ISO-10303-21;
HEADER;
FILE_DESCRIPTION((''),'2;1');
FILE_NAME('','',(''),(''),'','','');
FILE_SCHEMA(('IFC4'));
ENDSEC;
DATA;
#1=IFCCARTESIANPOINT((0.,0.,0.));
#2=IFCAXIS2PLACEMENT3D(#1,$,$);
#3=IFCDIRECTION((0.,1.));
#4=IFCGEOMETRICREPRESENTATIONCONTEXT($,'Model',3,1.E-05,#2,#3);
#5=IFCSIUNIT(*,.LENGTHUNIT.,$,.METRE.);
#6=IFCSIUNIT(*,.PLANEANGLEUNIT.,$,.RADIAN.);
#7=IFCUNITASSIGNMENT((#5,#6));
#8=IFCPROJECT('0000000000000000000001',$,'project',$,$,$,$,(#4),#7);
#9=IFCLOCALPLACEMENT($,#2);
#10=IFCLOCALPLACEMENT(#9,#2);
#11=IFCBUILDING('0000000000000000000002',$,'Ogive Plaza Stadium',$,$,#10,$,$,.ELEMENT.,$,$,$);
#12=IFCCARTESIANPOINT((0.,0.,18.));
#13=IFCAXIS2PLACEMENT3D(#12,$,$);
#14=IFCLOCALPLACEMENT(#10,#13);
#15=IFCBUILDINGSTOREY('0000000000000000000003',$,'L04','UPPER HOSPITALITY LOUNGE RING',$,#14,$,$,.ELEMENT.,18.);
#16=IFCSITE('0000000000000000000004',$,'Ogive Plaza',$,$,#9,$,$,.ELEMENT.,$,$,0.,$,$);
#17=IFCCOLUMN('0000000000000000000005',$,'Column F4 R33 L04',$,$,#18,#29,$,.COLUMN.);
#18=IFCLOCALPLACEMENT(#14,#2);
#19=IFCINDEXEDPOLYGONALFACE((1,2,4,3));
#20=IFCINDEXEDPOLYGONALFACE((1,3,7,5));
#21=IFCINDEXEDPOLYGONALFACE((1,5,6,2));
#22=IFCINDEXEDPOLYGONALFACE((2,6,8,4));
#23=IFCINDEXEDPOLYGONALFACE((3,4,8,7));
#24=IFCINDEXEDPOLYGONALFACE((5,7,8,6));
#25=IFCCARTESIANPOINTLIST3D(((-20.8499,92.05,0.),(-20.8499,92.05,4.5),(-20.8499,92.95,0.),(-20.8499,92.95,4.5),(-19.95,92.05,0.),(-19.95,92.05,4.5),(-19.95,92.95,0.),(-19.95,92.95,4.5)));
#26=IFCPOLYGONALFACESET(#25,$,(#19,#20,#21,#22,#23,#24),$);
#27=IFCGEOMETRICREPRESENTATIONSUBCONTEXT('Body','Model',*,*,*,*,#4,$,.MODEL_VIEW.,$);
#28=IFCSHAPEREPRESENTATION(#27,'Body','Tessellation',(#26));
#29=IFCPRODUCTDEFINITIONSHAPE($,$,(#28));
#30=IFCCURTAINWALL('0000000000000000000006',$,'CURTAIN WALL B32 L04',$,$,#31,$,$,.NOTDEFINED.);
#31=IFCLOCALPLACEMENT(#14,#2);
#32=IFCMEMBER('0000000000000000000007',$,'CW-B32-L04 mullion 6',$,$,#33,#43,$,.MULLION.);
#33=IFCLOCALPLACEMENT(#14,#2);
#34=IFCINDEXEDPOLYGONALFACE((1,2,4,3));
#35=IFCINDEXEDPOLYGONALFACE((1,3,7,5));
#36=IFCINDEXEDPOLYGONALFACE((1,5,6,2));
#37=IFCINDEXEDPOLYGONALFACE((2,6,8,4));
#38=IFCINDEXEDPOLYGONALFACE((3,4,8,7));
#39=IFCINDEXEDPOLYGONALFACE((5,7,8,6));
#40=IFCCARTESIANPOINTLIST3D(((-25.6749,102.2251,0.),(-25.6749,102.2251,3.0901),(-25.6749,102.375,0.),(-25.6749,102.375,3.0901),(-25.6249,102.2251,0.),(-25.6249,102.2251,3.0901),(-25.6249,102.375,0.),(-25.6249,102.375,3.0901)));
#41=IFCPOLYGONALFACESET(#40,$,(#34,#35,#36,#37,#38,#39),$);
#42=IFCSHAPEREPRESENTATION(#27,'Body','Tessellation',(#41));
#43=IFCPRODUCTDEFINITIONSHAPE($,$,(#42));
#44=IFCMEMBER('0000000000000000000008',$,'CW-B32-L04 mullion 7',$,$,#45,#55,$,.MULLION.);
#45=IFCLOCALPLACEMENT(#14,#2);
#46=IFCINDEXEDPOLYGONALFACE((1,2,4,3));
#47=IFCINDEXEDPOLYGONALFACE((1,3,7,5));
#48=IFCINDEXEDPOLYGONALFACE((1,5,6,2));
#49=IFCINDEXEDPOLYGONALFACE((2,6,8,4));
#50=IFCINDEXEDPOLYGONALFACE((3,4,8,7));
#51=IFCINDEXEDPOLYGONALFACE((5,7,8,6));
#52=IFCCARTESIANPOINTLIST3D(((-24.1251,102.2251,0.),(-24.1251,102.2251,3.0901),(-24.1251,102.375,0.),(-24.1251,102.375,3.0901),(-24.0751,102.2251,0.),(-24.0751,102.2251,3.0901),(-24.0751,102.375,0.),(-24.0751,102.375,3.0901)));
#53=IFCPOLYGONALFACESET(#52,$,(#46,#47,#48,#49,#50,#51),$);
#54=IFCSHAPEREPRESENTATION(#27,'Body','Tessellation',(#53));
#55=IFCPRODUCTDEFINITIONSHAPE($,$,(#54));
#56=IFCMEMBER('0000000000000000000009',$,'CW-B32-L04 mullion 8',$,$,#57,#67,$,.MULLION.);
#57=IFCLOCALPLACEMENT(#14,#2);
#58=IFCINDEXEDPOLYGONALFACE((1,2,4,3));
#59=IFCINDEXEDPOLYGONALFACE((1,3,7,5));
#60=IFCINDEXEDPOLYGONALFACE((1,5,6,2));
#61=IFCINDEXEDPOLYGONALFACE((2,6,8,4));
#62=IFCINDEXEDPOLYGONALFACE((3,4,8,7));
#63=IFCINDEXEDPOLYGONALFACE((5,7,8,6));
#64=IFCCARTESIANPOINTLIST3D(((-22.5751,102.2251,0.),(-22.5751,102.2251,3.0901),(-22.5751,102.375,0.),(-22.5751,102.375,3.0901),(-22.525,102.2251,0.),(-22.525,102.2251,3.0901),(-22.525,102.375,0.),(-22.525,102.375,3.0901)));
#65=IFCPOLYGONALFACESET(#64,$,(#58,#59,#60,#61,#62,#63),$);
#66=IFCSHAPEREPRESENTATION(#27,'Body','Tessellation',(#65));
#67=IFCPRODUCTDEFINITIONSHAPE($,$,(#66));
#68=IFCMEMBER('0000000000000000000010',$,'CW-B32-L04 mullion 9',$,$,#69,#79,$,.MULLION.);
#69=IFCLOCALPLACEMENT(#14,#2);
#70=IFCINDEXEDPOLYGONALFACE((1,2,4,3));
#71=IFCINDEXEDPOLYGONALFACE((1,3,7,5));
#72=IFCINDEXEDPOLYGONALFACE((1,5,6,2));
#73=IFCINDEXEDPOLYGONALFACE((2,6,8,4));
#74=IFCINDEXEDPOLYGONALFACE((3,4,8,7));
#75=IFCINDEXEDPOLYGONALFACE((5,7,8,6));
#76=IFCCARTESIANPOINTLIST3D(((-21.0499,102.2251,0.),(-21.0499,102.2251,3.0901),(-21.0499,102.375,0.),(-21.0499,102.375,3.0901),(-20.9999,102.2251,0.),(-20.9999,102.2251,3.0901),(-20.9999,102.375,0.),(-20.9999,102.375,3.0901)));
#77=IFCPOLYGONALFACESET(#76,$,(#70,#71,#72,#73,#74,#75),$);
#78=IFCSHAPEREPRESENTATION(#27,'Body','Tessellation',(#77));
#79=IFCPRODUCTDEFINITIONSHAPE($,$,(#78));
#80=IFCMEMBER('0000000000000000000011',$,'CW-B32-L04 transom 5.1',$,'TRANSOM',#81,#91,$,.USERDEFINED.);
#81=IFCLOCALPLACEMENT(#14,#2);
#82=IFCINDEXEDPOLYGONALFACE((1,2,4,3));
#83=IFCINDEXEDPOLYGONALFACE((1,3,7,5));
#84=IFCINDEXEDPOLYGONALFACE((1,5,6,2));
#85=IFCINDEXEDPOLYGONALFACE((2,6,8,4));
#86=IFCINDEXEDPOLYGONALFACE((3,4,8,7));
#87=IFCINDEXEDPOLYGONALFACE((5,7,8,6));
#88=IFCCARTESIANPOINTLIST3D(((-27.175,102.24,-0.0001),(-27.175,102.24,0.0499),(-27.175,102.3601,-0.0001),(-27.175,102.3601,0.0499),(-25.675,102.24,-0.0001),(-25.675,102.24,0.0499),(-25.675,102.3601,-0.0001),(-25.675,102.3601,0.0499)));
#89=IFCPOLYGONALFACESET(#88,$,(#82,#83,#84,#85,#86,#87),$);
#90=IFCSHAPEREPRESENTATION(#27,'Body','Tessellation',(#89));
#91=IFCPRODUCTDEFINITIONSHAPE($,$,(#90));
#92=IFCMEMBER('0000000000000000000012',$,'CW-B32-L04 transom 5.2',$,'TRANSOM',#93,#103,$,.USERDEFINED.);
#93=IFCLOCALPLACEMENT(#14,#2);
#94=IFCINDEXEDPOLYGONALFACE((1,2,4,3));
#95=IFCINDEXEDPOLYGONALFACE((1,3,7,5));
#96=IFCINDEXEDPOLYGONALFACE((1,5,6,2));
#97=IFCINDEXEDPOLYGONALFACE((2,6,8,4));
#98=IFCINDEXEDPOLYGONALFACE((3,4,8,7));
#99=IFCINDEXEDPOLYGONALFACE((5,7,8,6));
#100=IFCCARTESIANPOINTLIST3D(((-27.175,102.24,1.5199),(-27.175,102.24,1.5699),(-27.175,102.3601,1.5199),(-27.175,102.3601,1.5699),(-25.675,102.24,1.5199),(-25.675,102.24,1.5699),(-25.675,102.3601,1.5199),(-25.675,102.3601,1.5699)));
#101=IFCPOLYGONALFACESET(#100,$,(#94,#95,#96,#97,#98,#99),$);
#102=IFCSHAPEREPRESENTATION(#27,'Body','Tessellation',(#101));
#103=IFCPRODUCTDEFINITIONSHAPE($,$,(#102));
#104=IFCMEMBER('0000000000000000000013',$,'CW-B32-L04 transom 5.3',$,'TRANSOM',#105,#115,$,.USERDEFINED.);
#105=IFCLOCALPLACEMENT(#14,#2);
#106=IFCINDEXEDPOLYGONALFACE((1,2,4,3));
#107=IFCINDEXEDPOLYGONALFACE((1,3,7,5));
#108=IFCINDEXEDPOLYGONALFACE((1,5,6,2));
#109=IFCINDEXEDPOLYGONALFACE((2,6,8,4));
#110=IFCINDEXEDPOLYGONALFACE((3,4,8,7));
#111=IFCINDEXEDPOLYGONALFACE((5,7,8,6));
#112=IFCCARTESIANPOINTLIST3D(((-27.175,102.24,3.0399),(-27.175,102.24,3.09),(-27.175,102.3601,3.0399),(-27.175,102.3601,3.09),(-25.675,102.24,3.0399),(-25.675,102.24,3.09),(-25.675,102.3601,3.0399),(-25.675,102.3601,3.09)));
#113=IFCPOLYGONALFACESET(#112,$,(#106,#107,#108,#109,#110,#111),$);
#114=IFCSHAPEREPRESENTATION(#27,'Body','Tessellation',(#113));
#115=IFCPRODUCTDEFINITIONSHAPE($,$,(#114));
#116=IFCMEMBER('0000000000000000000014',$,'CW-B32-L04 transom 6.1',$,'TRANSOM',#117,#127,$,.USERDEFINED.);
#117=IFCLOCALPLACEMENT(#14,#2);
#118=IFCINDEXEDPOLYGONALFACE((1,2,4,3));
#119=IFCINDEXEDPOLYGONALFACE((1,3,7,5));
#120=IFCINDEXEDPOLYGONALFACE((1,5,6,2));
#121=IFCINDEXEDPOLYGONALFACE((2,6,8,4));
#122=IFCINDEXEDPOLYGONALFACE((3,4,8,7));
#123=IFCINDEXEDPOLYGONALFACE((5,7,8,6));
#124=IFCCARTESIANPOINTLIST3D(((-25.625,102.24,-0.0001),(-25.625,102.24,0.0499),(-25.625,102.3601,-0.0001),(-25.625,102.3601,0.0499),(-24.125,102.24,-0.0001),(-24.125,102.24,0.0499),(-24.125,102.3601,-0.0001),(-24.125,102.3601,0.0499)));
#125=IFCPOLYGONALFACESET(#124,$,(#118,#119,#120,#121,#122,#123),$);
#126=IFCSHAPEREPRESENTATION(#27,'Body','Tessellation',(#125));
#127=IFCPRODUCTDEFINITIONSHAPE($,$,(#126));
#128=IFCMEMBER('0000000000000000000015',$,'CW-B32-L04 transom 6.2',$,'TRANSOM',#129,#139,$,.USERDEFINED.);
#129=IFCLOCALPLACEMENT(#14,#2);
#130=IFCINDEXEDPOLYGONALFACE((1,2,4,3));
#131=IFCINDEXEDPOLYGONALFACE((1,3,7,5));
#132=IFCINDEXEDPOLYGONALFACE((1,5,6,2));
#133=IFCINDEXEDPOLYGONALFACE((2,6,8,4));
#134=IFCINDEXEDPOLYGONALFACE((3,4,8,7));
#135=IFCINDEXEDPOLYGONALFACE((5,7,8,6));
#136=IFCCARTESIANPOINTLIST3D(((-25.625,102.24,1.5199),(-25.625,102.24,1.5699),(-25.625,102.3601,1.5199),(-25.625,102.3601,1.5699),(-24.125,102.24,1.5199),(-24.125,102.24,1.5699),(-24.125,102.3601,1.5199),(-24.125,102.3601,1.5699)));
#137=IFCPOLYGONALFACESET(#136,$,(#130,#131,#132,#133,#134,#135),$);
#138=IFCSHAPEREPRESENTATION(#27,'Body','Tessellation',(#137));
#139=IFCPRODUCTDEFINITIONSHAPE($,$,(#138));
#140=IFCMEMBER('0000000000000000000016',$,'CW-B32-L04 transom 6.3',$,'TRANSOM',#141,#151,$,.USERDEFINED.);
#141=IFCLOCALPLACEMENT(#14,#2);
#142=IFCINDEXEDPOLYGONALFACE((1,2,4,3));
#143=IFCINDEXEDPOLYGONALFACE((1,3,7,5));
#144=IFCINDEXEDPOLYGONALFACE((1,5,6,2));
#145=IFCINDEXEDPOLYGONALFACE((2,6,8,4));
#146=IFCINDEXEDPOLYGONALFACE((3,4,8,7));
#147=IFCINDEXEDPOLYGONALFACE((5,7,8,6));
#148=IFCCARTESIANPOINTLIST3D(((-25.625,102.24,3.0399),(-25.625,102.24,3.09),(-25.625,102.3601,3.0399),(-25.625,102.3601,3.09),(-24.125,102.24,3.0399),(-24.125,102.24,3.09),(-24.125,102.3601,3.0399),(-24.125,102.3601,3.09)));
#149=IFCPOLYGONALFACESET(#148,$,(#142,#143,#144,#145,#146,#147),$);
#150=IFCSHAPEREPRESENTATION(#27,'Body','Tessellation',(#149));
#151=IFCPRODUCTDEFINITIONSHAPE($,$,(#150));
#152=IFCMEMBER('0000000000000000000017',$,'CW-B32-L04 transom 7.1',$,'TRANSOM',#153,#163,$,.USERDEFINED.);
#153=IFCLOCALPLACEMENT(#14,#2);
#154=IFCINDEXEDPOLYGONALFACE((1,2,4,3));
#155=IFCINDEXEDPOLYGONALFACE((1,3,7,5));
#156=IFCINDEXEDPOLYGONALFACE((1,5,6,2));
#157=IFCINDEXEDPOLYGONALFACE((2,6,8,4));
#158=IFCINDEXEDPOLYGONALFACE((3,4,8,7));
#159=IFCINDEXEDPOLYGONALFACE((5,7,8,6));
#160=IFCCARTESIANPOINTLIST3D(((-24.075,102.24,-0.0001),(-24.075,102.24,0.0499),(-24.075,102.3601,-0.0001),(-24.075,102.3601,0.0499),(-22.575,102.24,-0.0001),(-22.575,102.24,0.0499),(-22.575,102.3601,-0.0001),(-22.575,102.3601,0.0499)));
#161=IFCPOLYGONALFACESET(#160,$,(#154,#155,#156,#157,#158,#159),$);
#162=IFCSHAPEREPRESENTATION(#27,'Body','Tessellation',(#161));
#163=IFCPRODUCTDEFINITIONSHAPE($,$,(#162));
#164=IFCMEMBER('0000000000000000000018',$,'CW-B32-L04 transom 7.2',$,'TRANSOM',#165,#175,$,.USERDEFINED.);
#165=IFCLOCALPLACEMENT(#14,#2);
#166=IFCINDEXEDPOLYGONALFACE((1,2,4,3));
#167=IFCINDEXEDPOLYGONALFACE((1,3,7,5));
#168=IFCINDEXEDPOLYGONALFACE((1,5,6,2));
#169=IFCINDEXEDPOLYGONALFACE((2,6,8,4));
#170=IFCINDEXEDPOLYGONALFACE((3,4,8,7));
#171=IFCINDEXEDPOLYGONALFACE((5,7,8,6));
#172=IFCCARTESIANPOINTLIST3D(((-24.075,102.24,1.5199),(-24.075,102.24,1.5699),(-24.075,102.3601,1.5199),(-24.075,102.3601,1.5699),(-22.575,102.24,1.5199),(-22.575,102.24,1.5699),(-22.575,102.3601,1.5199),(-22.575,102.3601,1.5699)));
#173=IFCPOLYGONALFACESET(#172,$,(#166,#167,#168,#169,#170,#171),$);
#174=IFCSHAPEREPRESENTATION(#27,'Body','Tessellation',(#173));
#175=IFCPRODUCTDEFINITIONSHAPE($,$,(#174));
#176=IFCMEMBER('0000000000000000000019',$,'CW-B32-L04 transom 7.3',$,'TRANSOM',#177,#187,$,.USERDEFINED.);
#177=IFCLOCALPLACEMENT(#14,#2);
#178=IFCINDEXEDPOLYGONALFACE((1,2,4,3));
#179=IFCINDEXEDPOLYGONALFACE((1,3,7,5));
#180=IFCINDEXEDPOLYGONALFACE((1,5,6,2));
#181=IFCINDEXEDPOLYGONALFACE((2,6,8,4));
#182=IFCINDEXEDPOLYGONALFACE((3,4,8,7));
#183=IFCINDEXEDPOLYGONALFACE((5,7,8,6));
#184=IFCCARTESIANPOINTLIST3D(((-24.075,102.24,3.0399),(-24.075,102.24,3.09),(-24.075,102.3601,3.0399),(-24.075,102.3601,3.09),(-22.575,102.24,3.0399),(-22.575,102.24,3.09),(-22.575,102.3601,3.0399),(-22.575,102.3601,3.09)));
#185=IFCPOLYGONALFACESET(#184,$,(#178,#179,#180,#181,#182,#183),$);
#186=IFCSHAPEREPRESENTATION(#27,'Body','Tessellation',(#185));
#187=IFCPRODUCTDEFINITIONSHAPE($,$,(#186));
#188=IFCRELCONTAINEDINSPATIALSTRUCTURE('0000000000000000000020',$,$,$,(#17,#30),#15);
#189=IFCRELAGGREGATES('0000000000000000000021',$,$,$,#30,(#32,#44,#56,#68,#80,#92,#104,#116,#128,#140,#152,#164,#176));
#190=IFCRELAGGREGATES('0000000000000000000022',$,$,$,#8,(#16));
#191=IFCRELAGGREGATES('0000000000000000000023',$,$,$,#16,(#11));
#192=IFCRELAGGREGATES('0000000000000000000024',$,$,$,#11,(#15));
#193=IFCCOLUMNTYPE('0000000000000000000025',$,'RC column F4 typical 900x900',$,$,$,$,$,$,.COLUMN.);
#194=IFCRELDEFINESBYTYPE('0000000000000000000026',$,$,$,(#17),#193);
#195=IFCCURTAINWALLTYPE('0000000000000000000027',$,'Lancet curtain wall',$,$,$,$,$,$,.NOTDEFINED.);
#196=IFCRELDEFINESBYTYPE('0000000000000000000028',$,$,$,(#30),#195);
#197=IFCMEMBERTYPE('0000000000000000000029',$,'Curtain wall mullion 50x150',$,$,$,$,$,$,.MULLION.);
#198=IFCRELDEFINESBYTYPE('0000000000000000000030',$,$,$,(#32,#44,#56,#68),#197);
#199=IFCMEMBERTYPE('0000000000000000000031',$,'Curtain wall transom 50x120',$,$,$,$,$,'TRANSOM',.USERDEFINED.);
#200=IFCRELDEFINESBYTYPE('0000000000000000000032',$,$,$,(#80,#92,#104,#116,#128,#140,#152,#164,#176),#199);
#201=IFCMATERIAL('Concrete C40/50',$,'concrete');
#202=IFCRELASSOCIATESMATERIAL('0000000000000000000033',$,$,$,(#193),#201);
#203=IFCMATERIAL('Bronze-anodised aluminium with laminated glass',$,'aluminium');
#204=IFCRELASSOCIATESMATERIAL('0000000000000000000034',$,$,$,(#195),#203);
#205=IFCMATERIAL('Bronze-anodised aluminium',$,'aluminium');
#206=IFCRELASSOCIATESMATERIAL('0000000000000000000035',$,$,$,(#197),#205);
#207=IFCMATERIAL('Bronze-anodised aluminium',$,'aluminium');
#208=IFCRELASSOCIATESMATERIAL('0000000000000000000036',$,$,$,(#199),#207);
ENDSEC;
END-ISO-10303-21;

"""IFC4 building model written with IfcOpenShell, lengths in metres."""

from ifc_helpers import new_model, si_unit, direction, frame, origin, origin_2d, place, context, subcontext, project, spatial, rectangle, extrude, material, material_profile, profile_set, type_object, element, aggregate, save


model = new_model("IFC4")

# Units and contexts
model_context = context("Model", 3, precision=1e-05, world=origin(), true_north=direction((0.0, 1.0)))
body_context = subcontext(model_context, "Body", "Model", "MODEL_VIEW")
ifc_project = project(units=[si_unit("LENGTHUNIT", "METRE"), si_unit("PLANEANGLEUNIT", "RADIAN")], contexts=[model_context])

# Site, building, storey
site_placement = place(None, origin())
site = spatial("IfcSite", under=ifc_project, at=site_placement, Name="Ogive Plaza", CompositionType="ELEMENT", RefElevation=0.0)
building_placement = place(site_placement, origin())
building = spatial("IfcBuilding", under=site, at=building_placement, Name="Ogive Plaza Stadium", CompositionType="ELEMENT")
storey_placement = place(building_placement, frame((0.0, 0.0, 18.0)))
storey = spatial("IfcBuildingStorey", under=building, at=storey_placement, Name="L04", Description="UPPER HOSPITALITY LOUNGE RING", CompositionType="ELEMENT", Elevation=18.0)

# Column
ifc_material_1 = material(Name="Concrete C40/50", Category="concrete")
ifc_material_profile_1 = material_profile(ifc_material_1, rectangle(XDim=0.8999, YDim=0.8999, at=origin_2d()), Name="RC 900x900")
ifc_profile_set_1 = profile_set([ifc_material_profile_1], Name="Concrete C40/50")
column_type = type_object("IfcColumnType", Name="RC column F4 typical 900x900", PredefinedType="COLUMN", material=ifc_profile_set_1)
column_placement = place(storey_placement, frame((-20.3999, 92.5, 0.0), z_axis=(0.0, 0.0, 1.0), x_axis=(-1.0, 0.0, 0.0)))
element("IfcColumn", 1, at=column_placement, inside=storey, type_object=column_type, Name="Column F4 R33 L04", PredefinedType="COLUMN", context=body_context, shape_type="SweptSolid", body=[
    extrude(rectangle(XDim=0.8999, YDim=0.8999, at=origin_2d()), origin(), (0.0, 0.0, 1.0), 4.5),
])

# Curtain wall, members
ifc_material_2 = material(Name="Bronze-anodised aluminium with laminated glass", Category="aluminium")
curtain_wall_type = type_object("IfcCurtainWallType", Name="Lancet curtain wall", PredefinedType="NOTDEFINED", material=ifc_material_2)
curtain_wall_placement = place(storey_placement, origin())
curtain_wall = element("IfcCurtainWall", 2, at=curtain_wall_placement, inside=storey, type_object=curtain_wall_type, Name="CURTAIN WALL B32 L04", PredefinedType="NOTDEFINED")
ifc_material_3 = material(Name="Bronze-anodised aluminium", Category="aluminium")
ifc_material_profile_2 = material_profile(ifc_material_3, rectangle(XDim=0.1499, YDim=0.05, at=origin_2d()), Name="AL 150x50")
ifc_profile_set_2 = profile_set([ifc_material_profile_2], Name="Bronze-anodised aluminium")
member_type_1 = type_object("IfcMemberType", Name="Curtain wall mullion 50x150", PredefinedType="MULLION", material=ifc_profile_set_2)
member_1_placement = place(storey_placement, frame((-25.6499, 102.3, 0.0), z_axis=(0.0, 0.0, 1.0), x_axis=(0.0, 1.0, 0.0)))
member_1 = element("IfcMember", 3, at=member_1_placement, type_object=member_type_1, Name="CW-B32-L04 mullion 6", PredefinedType="MULLION", context=body_context, shape_type="SweptSolid", body=[
    extrude(rectangle(XDim=0.1499, YDim=0.05, at=origin_2d()), origin(), (0.0, 0.0, 1.0), 3.0901),
])
member_2_placement = place(storey_placement, frame((-24.1001, 102.3, 0.0), z_axis=(0.0, 0.0, 1.0), x_axis=(0.0, 1.0, 0.0)))
member_2 = element("IfcMember", 4, at=member_2_placement, type_object=member_type_1, Name="CW-B32-L04 mullion 7", PredefinedType="MULLION", context=body_context, shape_type="SweptSolid", body=[
    extrude(rectangle(XDim=0.1499, YDim=0.05, at=origin_2d()), origin(), (0.0, 0.0, 1.0), 3.0901),
])
member_3_placement = place(storey_placement, frame((-22.55, 102.3, 0.0), z_axis=(0.0, 0.0, 1.0), x_axis=(0.0, 1.0, 0.0)))
member_3 = element("IfcMember", 5, at=member_3_placement, type_object=member_type_1, Name="CW-B32-L04 mullion 8", PredefinedType="MULLION", context=body_context, shape_type="SweptSolid", body=[
    extrude(rectangle(XDim=0.1499, YDim=0.05, at=origin_2d()), origin(), (0.0, 0.0, 1.0), 3.0901),
])
member_4_placement = place(storey_placement, frame((-21.0249, 102.3, 0.0), z_axis=(0.0, 0.0, 1.0), x_axis=(0.0, 1.0, 0.0)))
member_4 = element("IfcMember", 6, at=member_4_placement, type_object=member_type_1, Name="CW-B32-L04 mullion 9", PredefinedType="MULLION", context=body_context, shape_type="SweptSolid", body=[
    extrude(rectangle(XDim=0.1499, YDim=0.05, at=origin_2d()), origin(), (0.0, 0.0, 1.0), 3.0901),
])
ifc_material_4 = material(Name="Bronze-anodised aluminium", Category="aluminium")
ifc_material_profile_3 = material_profile(ifc_material_4, rectangle(XDim=0.1201, YDim=0.05, at=origin_2d()), Name="AL 120x50")
ifc_profile_set_3 = profile_set([ifc_material_profile_3], Name="Bronze-anodised aluminium")
member_type_2 = type_object("IfcMemberType", Name="Curtain wall transom 50x120", ElementType="TRANSOM", PredefinedType="USERDEFINED", material=ifc_profile_set_3)
member_5_placement = place(storey_placement, frame((-27.175, 102.3, 0.0249), z_axis=(1.0, 0.0, 0.0), x_axis=(0.0, 1.0, 0.0)))
member_5 = element("IfcMember", 7, at=member_5_placement, type_object=member_type_2, Name="CW-B32-L04 transom 5.1", ObjectType="TRANSOM", PredefinedType="USERDEFINED", context=body_context, shape_type="SweptSolid", body=[
    extrude(rectangle(XDim=0.1201, YDim=0.05, at=origin_2d()), origin(), (0.0, 0.0, 1.0), 1.5),
])
member_6_placement = place(storey_placement, frame((-27.175, 102.3, 1.5449), z_axis=(1.0, 0.0, 0.0), x_axis=(0.0, 1.0, 0.0)))
member_6 = element("IfcMember", 8, at=member_6_placement, type_object=member_type_2, Name="CW-B32-L04 transom 5.2", ObjectType="TRANSOM", PredefinedType="USERDEFINED", context=body_context, shape_type="SweptSolid", body=[
    extrude(rectangle(XDim=0.1201, YDim=0.05, at=origin_2d()), origin(), (0.0, 0.0, 1.0), 1.5),
])
member_7_placement = place(storey_placement, frame((-27.175, 102.3, 3.0649), z_axis=(1.0, 0.0, 0.0), x_axis=(0.0, 1.0, 0.0)))
member_7 = element("IfcMember", 9, at=member_7_placement, type_object=member_type_2, Name="CW-B32-L04 transom 5.3", ObjectType="TRANSOM", PredefinedType="USERDEFINED", context=body_context, shape_type="SweptSolid", body=[
    extrude(rectangle(XDim=0.1201, YDim=0.05, at=origin_2d()), origin(), (0.0, 0.0, 1.0), 1.5),
])
member_8_placement = place(storey_placement, frame((-25.625, 102.3, 0.0249), z_axis=(1.0, 0.0, 0.0), x_axis=(0.0, 1.0, 0.0)))
member_8 = element("IfcMember", 10, at=member_8_placement, type_object=member_type_2, Name="CW-B32-L04 transom 6.1", ObjectType="TRANSOM", PredefinedType="USERDEFINED", context=body_context, shape_type="SweptSolid", body=[
    extrude(rectangle(XDim=0.1201, YDim=0.05, at=origin_2d()), origin(), (0.0, 0.0, 1.0), 1.5),
])
member_9_placement = place(storey_placement, frame((-25.625, 102.3, 1.5449), z_axis=(1.0, 0.0, 0.0), x_axis=(0.0, 1.0, 0.0)))
member_9 = element("IfcMember", 11, at=member_9_placement, type_object=member_type_2, Name="CW-B32-L04 transom 6.2", ObjectType="TRANSOM", PredefinedType="USERDEFINED", context=body_context, shape_type="SweptSolid", body=[
    extrude(rectangle(XDim=0.1201, YDim=0.05, at=origin_2d()), origin(), (0.0, 0.0, 1.0), 1.5),
])
member_10_placement = place(storey_placement, frame((-25.625, 102.3, 3.0649), z_axis=(1.0, 0.0, 0.0), x_axis=(0.0, 1.0, 0.0)))
member_10 = element("IfcMember", 12, at=member_10_placement, type_object=member_type_2, Name="CW-B32-L04 transom 6.3", ObjectType="TRANSOM", PredefinedType="USERDEFINED", context=body_context, shape_type="SweptSolid", body=[
    extrude(rectangle(XDim=0.1201, YDim=0.05, at=origin_2d()), origin(), (0.0, 0.0, 1.0), 1.5),
])
member_11_placement = place(storey_placement, frame((-24.075, 102.3, 0.0249), z_axis=(1.0, 0.0, 0.0), x_axis=(0.0, 1.0, 0.0)))
member_11 = element("IfcMember", 13, at=member_11_placement, type_object=member_type_2, Name="CW-B32-L04 transom 7.1", ObjectType="TRANSOM", PredefinedType="USERDEFINED", context=body_context, shape_type="SweptSolid", body=[
    extrude(rectangle(XDim=0.1201, YDim=0.05, at=origin_2d()), origin(), (0.0, 0.0, 1.0), 1.5),
])
member_12_placement = place(storey_placement, frame((-24.075, 102.3, 1.5449), z_axis=(1.0, 0.0, 0.0), x_axis=(0.0, 1.0, 0.0)))
member_12 = element("IfcMember", 14, at=member_12_placement, type_object=member_type_2, Name="CW-B32-L04 transom 7.2", ObjectType="TRANSOM", PredefinedType="USERDEFINED", context=body_context, shape_type="SweptSolid", body=[
    extrude(rectangle(XDim=0.1201, YDim=0.05, at=origin_2d()), origin(), (0.0, 0.0, 1.0), 1.5),
])
member_13_placement = place(storey_placement, frame((-24.075, 102.3, 3.0649), z_axis=(1.0, 0.0, 0.0), x_axis=(0.0, 1.0, 0.0)))
member_13 = element("IfcMember", 15, at=member_13_placement, type_object=member_type_2, Name="CW-B32-L04 transom 7.3", ObjectType="TRANSOM", PredefinedType="USERDEFINED", context=body_context, shape_type="SweptSolid", body=[
    extrude(rectangle(XDim=0.1201, YDim=0.05, at=origin_2d()), origin(), (0.0, 0.0, 1.0), 1.5),
])
aggregate(curtain_wall, [member_1, member_2, member_3, member_4, member_5, member_6, member_7, member_8, member_9, member_10, member_11, member_12, member_13])

save(model, "model.ifc")
